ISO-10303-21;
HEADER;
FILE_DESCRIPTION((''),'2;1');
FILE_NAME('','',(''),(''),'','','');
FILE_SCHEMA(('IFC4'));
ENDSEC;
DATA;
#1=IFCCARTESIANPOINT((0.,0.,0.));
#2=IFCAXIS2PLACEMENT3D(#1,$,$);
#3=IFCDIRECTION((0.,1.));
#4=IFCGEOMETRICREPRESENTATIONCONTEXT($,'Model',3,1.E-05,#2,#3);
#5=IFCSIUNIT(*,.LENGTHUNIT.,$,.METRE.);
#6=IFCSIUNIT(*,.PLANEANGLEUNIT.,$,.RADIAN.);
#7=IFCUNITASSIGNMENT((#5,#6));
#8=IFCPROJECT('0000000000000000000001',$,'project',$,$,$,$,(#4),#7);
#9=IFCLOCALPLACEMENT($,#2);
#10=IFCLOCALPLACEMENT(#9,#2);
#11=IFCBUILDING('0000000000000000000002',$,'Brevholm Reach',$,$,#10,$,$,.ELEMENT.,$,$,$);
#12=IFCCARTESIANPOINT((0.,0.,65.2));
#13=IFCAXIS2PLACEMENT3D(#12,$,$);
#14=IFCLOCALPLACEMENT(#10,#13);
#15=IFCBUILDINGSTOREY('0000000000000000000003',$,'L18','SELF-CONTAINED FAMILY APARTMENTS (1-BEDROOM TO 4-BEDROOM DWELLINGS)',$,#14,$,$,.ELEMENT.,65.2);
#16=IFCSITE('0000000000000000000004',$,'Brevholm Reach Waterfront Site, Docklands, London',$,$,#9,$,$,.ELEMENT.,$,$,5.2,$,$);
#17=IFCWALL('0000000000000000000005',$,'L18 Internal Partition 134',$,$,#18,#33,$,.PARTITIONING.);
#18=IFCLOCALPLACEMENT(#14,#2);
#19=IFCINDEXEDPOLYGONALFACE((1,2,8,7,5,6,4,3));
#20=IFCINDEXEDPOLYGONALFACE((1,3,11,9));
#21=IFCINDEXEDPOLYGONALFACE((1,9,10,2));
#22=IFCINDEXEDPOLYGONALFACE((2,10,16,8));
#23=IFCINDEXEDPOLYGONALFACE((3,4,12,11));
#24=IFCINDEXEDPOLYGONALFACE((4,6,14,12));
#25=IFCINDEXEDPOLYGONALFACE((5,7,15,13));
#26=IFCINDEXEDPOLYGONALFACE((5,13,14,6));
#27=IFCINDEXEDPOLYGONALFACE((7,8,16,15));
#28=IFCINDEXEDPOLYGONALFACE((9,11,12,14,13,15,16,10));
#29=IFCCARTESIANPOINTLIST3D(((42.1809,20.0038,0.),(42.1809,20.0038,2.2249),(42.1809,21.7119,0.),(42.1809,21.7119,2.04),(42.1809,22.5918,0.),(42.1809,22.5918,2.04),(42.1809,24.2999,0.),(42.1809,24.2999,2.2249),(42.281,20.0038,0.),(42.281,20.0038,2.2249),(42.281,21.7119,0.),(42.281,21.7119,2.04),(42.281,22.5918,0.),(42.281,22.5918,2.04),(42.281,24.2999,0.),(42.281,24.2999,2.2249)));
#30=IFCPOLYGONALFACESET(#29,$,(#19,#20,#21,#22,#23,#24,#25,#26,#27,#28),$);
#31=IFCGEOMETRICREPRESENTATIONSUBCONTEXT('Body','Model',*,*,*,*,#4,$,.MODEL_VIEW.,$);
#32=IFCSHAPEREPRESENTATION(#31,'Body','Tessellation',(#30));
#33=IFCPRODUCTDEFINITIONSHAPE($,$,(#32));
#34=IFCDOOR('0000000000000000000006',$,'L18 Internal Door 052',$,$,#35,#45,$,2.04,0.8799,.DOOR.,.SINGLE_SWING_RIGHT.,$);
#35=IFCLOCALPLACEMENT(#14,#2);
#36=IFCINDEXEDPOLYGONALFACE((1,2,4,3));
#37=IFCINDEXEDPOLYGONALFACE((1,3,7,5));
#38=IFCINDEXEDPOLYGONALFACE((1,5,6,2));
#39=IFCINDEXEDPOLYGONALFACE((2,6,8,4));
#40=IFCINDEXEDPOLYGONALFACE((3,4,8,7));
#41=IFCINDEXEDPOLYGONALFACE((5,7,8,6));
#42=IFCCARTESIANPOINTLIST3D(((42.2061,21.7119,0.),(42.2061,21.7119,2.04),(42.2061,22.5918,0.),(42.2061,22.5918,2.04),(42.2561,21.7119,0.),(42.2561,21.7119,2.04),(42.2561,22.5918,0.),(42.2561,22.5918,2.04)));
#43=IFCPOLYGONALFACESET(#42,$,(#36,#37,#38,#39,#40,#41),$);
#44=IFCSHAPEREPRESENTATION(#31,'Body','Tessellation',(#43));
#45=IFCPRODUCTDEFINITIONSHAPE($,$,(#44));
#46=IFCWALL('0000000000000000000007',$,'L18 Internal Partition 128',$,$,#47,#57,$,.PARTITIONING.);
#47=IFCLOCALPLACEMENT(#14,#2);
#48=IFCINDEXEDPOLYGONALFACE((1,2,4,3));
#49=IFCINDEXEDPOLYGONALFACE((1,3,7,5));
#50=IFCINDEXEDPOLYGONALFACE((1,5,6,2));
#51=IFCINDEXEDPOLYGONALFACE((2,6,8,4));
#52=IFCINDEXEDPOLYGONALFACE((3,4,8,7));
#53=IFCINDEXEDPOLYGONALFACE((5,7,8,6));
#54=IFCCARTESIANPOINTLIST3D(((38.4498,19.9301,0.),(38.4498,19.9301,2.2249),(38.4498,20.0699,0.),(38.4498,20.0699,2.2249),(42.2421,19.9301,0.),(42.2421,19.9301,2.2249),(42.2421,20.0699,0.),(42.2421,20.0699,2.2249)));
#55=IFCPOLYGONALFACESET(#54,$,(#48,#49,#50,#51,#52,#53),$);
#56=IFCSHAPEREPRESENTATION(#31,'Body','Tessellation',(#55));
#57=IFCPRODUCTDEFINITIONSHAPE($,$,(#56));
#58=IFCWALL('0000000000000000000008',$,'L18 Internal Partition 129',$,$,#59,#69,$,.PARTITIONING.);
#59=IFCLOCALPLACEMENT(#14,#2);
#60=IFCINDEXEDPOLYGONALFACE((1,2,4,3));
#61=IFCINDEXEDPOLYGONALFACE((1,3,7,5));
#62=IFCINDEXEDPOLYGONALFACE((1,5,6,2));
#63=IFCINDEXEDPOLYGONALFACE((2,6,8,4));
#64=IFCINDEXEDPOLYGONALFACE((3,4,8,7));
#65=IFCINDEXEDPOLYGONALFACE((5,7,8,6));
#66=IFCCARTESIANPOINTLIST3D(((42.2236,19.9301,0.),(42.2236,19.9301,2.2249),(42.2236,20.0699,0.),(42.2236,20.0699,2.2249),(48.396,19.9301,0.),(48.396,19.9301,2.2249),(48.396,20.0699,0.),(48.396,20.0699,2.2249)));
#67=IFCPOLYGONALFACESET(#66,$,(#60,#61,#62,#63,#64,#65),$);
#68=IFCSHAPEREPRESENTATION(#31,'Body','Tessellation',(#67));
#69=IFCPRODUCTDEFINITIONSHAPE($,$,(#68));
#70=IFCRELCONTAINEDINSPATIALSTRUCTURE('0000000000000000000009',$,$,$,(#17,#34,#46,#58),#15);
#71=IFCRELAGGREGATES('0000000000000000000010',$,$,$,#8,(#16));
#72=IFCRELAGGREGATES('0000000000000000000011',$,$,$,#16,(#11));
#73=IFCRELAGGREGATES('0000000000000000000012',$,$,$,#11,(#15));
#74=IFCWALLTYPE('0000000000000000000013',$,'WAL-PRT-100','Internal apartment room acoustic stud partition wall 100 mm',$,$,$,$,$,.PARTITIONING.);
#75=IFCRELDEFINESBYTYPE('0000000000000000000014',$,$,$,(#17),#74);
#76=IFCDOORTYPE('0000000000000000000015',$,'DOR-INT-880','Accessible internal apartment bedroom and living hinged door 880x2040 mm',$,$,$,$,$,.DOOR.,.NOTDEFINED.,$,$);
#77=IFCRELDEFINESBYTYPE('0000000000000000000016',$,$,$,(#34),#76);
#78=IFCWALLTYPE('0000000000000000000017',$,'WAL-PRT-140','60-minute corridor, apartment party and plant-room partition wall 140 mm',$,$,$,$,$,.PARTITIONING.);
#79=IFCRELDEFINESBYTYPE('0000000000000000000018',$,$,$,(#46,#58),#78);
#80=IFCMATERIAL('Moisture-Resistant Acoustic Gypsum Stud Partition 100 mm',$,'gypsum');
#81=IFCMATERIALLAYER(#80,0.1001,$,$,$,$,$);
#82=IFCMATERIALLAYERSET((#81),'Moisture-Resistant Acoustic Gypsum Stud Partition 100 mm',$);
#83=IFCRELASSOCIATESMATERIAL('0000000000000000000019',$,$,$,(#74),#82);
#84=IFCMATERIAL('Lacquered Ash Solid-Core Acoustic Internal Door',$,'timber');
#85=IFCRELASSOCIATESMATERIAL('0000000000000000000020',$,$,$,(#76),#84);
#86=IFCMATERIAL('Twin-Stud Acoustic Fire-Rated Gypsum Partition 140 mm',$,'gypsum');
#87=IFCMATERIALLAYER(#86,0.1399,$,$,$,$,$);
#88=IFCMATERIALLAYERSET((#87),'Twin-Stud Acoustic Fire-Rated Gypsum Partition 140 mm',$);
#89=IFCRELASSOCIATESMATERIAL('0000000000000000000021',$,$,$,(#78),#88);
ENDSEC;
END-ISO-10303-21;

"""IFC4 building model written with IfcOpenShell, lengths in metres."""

from ifc_helpers import new_model, si_unit, direction, frame, frame_2d, origin, place, context, subcontext, project, spatial, rectangle, extrude, material, layer, layer_set, type_object, element, fill, save


model = new_model("IFC4")

# Units and contexts
model_context = context("Model", 3, precision=1e-05, world=origin(), true_north=direction((0.0, 1.0)))
body_context = subcontext(model_context, "Body", "Model", "MODEL_VIEW")
ifc_project = project(units=[si_unit("LENGTHUNIT", "METRE"), si_unit("PLANEANGLEUNIT", "RADIAN")], contexts=[model_context])

# Site, building, storey
site_placement = place(None, origin())
site = spatial("IfcSite", under=ifc_project, at=site_placement, Name="Brevholm Reach Waterfront Site, Docklands, London", CompositionType="ELEMENT", RefElevation=5.2)
building_placement = place(site_placement, origin())
building = spatial("IfcBuilding", under=site, at=building_placement, Name="Brevholm Reach", CompositionType="ELEMENT")
storey_placement = place(building_placement, frame((0.0, 0.0, 65.2)))
storey = spatial("IfcBuildingStorey", under=building, at=storey_placement, Name="L18", Description="SELF-CONTAINED FAMILY APARTMENTS (1-BEDROOM TO 4-BEDROOM DWELLINGS)", CompositionType="ELEMENT", Elevation=65.2)

# Shared definitions
ifc_material_1 = material(Name="Moisture-Resistant Acoustic Gypsum Stud Partition 100 mm", Category="gypsum")
ifc_layer_1 = layer(ifc_material_1, 0.1001)
ifc_layer_set_1 = layer_set([ifc_layer_1], Name="Moisture-Resistant Acoustic Gypsum Stud Partition 100 mm")
wall_type_1 = type_object("IfcWallType", Name="WAL-PRT-100", Description="Internal apartment room acoustic stud partition wall 100 mm", PredefinedType="PARTITIONING", material=ifc_layer_set_1)
ifc_material_2 = material(Name="Lacquered Ash Solid-Core Acoustic Internal Door", Category="timber")
door_type = type_object("IfcDoorType", Name="DOR-INT-880", Description="Accessible internal apartment bedroom and living hinged door 880x2040 mm", OperationType="NOTDEFINED", PredefinedType="DOOR", material=ifc_material_2)

# Wall, opening, door
wall_1_placement = place(storey_placement, frame((42.231, 20.0039, 0.0), z_axis=(0.0, 0.0, 1.0), x_axis=(0.0, 1.0, 0.0)))
wall_1 = element("IfcWall", 1, at=wall_1_placement, inside=storey, type_object=wall_type_1, Name="L18 Internal Partition 134", PredefinedType="PARTITIONING", context=body_context, shape_type="SweptSolid", body=[
    extrude(rectangle(XDim=4.2961, YDim=0.1001, at=frame_2d((2.1479, 0.0))), origin(), (0.0, 0.0, 1.0), 2.2249),
])
opening_1_placement = place(wall_1_placement, frame((1.708, 0.0, 0.0)))
opening_1 = element("IfcOpeningElement", 2, at=opening_1_placement, cuts=wall_1, PredefinedType="OPENING", context=body_context, shape_type="SweptSolid", body=[
    extrude(rectangle(XDim=0.8799, YDim=2.04, at=frame_2d((0.4399, 1.02))), frame((0.0, 0.0601, 0.0), z_axis=(0.0, -1.0, 0.0), x_axis=(1.0, 0.0, 0.0)), (0.0, 0.0, 1.0), 0.1201),
])
door_1_placement = place(opening_1_placement, origin())
door_1 = element("IfcDoor", 3, at=door_1_placement, inside=storey, type_object=door_type, Name="L18 Internal Door 052", OperationType="SINGLE_SWING_RIGHT", OverallHeight=2.04, OverallWidth=0.8799, PredefinedType="DOOR", context=body_context, shape_type="SweptSolid", body=[
    extrude(rectangle(XDim=0.8799, YDim=2.04, at=frame_2d((0.4399, 1.02))), frame((0.0, 0.0249, 0.0), z_axis=(0.0, -1.0, 0.0), x_axis=(1.0, 0.0, 0.0)), (0.0, 0.0, 1.0), 0.05),
])
fill(opening_1, door_1)

# Walls
ifc_material_3 = material(Name="Twin-Stud Acoustic Fire-Rated Gypsum Partition 140 mm", Category="gypsum")
ifc_layer_2 = layer(ifc_material_3, 0.1399)
ifc_layer_set_2 = layer_set([ifc_layer_2], Name="Twin-Stud Acoustic Fire-Rated Gypsum Partition 140 mm")
wall_type_2 = type_object("IfcWallType", Name="WAL-PRT-140", Description="60-minute corridor, apartment party and plant-room partition wall 140 mm", PredefinedType="PARTITIONING", material=ifc_layer_set_2)
wall_2_placement = place(storey_placement, frame((38.45, 20.0, 0.0), z_axis=(0.0, 0.0, 1.0), x_axis=(1.0, 0.0, 0.0)))
element("IfcWall", 4, at=wall_2_placement, inside=storey, type_object=wall_type_2, Name="L18 Internal Partition 128", PredefinedType="PARTITIONING", context=body_context, shape_type="SweptSolid", body=[
    extrude(rectangle(XDim=3.7922, YDim=0.1399, at=frame_2d((1.896, 0.0))), origin(), (0.0, 0.0, 1.0), 2.2249),
])
wall_3_placement = place(storey_placement, frame((42.2236, 20.0, 0.0), z_axis=(0.0, 0.0, 1.0), x_axis=(1.0, 0.0, 0.0)))
element("IfcWall", 5, at=wall_3_placement, inside=storey, type_object=wall_type_2, Name="L18 Internal Partition 129", PredefinedType="PARTITIONING", context=body_context, shape_type="SweptSolid", body=[
    extrude(rectangle(XDim=6.1724, YDim=0.1399, at=frame_2d((3.0862, 0.0))), origin(), (0.0, 0.0, 1.0), 2.2249),
])

save(model, "model.ifc")
